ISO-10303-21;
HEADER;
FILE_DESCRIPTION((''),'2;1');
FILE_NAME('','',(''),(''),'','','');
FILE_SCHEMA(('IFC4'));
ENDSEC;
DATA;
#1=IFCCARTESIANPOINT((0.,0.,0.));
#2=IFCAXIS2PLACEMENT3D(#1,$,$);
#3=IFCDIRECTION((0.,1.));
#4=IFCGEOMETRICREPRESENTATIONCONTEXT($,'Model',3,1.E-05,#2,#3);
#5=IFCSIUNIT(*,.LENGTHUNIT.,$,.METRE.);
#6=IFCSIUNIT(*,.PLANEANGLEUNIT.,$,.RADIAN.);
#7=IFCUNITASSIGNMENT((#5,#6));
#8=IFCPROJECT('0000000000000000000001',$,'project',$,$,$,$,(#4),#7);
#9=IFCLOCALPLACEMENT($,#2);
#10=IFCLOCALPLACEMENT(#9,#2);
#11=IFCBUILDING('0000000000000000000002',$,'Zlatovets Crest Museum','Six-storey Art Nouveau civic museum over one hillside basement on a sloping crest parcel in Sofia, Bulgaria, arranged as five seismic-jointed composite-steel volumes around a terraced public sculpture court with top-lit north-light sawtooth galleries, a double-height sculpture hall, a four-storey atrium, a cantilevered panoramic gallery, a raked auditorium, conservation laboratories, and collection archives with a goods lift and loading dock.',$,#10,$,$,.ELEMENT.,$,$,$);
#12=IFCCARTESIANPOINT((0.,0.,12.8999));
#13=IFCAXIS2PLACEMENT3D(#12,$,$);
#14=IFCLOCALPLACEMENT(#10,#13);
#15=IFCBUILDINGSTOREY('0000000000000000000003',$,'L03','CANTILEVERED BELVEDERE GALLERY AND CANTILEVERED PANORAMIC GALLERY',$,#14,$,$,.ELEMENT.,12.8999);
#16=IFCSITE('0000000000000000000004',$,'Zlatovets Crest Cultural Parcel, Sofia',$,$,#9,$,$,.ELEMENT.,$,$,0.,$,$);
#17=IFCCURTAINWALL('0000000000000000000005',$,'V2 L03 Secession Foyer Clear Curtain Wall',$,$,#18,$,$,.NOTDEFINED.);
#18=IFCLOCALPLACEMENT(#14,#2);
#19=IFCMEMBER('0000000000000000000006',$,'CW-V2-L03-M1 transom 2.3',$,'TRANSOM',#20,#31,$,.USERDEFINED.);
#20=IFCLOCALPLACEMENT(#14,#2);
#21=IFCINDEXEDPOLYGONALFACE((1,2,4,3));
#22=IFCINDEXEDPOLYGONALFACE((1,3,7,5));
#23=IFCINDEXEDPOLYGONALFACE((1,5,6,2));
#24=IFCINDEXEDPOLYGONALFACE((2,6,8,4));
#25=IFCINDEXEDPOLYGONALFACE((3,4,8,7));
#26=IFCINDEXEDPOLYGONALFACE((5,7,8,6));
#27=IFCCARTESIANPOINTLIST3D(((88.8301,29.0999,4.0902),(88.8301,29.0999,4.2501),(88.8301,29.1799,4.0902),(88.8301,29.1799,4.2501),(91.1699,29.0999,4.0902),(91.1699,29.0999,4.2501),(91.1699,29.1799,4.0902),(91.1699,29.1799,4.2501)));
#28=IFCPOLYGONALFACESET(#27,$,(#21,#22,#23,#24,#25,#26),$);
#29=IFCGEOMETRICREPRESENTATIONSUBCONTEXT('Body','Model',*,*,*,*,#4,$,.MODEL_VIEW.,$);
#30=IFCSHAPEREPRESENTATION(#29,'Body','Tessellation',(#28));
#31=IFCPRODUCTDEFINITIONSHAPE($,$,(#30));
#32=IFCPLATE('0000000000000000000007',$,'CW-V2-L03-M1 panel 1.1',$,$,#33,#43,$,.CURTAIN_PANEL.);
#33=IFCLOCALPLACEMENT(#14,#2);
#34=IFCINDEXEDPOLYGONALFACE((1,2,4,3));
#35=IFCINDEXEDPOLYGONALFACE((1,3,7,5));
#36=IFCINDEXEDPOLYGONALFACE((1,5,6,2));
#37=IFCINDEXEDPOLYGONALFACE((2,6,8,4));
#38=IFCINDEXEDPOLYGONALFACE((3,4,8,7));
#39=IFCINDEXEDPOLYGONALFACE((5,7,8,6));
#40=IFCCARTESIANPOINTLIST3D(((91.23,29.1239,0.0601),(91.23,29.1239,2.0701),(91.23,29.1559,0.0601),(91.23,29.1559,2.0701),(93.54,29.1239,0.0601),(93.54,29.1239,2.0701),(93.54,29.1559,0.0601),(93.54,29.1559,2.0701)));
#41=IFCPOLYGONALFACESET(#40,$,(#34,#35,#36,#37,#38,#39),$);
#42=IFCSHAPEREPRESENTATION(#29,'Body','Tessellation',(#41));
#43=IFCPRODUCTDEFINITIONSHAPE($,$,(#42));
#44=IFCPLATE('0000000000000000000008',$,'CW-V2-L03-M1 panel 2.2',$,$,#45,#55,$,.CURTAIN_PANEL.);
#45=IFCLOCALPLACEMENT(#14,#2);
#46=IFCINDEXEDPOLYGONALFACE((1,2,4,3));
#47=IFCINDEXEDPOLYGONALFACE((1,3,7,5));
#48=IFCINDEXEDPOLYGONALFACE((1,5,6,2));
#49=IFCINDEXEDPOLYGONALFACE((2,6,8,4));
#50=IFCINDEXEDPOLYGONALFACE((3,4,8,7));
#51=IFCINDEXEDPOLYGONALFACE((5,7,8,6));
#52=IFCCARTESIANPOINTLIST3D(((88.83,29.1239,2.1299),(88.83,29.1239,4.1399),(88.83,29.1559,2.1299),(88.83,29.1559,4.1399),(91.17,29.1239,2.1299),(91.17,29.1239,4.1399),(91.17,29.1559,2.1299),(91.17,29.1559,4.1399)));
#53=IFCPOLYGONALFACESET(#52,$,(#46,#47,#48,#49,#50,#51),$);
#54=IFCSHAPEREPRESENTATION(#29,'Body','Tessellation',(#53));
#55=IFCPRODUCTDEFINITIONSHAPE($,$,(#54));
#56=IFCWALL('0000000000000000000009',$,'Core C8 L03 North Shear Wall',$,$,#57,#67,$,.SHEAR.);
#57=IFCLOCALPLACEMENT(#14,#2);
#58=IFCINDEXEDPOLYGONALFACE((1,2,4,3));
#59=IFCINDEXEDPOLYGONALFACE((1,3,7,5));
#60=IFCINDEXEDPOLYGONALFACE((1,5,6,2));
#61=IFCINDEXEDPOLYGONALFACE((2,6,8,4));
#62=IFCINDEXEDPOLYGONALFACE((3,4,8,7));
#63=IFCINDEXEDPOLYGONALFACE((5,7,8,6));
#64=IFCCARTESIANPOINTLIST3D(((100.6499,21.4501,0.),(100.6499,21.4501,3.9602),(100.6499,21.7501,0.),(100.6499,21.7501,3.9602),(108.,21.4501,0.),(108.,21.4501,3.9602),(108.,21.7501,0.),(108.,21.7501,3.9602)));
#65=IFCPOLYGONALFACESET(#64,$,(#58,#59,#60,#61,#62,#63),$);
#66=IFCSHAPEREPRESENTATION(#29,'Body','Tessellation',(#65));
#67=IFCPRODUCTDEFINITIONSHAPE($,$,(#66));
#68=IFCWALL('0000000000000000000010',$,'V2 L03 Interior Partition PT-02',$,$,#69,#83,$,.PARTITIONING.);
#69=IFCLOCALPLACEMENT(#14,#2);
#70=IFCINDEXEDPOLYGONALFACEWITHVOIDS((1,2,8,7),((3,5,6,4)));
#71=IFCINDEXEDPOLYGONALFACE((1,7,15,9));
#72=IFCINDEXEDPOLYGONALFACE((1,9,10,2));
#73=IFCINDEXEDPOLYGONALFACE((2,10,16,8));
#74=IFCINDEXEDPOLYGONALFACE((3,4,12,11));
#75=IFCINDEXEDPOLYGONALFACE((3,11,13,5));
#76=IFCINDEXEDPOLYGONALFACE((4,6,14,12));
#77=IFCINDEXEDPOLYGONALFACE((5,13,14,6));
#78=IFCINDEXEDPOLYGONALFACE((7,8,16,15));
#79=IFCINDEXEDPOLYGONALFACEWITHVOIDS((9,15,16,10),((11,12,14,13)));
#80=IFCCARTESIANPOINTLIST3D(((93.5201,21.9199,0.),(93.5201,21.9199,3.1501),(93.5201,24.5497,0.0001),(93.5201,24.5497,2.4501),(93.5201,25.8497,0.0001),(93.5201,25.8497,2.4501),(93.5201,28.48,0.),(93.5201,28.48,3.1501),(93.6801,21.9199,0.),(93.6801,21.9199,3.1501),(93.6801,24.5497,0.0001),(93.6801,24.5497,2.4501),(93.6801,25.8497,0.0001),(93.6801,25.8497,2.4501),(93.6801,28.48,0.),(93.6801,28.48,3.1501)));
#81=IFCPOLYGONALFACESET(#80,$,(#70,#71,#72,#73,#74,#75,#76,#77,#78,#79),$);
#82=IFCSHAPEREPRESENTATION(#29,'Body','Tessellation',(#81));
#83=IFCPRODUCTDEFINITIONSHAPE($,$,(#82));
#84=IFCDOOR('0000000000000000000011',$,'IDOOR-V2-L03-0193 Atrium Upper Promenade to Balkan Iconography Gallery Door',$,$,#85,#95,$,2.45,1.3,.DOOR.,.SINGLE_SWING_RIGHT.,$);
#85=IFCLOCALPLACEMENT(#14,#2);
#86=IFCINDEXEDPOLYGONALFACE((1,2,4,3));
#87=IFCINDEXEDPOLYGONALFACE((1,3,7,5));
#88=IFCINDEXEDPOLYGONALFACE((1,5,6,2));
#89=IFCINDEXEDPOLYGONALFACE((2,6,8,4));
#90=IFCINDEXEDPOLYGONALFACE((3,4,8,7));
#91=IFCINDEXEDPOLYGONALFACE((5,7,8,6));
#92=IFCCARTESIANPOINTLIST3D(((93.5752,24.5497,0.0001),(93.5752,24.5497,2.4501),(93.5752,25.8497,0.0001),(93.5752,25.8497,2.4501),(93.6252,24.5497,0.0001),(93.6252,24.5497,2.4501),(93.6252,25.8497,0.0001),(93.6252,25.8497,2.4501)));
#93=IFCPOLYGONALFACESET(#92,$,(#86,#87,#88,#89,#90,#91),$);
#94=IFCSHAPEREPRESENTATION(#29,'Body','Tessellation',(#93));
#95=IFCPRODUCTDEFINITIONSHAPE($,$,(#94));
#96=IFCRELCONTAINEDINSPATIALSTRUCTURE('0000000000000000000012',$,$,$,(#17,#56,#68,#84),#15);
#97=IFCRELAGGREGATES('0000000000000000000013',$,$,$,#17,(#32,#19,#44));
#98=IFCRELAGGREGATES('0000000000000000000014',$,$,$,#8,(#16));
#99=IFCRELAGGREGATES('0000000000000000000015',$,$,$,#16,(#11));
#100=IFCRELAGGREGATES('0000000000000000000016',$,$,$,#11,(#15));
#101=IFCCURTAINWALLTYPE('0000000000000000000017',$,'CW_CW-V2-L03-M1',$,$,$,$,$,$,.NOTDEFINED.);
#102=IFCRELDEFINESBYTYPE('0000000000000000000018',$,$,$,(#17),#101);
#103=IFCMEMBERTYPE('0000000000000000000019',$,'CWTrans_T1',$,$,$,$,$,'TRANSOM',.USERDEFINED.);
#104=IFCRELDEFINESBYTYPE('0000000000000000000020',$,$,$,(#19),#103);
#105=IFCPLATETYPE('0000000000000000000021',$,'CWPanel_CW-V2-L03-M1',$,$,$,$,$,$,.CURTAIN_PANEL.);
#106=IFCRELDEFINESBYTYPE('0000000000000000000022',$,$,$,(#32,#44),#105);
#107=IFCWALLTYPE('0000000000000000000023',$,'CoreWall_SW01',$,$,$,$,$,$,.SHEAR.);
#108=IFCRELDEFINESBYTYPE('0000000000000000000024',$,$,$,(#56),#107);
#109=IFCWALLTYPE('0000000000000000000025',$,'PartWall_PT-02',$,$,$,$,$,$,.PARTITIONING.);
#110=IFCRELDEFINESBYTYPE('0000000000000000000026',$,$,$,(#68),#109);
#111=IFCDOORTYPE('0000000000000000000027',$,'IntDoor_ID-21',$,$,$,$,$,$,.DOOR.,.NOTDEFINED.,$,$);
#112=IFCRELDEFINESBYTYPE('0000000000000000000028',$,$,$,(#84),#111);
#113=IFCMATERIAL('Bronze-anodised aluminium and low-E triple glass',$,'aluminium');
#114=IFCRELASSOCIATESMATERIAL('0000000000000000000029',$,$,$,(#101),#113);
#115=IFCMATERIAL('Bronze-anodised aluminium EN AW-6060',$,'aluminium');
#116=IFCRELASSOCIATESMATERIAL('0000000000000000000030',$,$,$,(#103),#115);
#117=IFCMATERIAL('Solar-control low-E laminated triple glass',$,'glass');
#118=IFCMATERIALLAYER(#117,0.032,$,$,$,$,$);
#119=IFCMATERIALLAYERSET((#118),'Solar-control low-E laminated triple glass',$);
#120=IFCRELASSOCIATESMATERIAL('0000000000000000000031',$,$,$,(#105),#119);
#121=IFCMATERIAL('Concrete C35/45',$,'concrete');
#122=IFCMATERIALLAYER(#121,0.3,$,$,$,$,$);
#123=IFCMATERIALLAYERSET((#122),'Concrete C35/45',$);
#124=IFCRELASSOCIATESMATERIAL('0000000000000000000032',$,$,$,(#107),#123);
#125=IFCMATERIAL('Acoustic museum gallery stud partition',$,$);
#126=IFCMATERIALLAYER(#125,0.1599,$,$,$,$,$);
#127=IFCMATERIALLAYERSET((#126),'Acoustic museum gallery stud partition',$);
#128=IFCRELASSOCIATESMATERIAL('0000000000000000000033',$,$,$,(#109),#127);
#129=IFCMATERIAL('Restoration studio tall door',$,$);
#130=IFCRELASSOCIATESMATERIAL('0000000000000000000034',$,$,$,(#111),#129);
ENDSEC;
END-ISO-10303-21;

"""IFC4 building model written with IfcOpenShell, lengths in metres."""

from ifc_helpers import new_model, si_unit, direction, frame, frame_2d, origin, origin_2d, place, context, subcontext, project, spatial, rectangle, extrude, material, layer, layer_set, material_profile, profile_set, type_object, element, fill, aggregate, save


model = new_model("IFC4")

# Units and contexts
model_context = context("Model", 3, precision=1e-05, world=origin(), true_north=direction((0.0, 1.0)))
body_context = subcontext(model_context, "Body", "Model", "MODEL_VIEW")
ifc_project = project(units=[si_unit("LENGTHUNIT", "METRE"), si_unit("PLANEANGLEUNIT", "RADIAN")], contexts=[model_context])

# Site, building, storey
site_placement = place(None, origin())
site = spatial("IfcSite", under=ifc_project, at=site_placement, Name="Zlatovets Crest Cultural Parcel, Sofia", CompositionType="ELEMENT", RefElevation=0.0)
building_placement = place(site_placement, origin())
building = spatial("IfcBuilding", under=site, at=building_placement, Name="Zlatovets Crest Museum", Description="Six-storey Art Nouveau civic museum over one hillside basement on a sloping crest parcel in Sofia, Bulgaria, arranged as five seismic-jointed composite-steel volumes around a terraced public sculpture court with top-lit north-light sawtooth galleries, a double-height sculpture hall, a four-storey atrium, a cantilevered panoramic gallery, a raked auditorium, conservation laboratories, and collection archives with a goods lift and loading dock.", CompositionType="ELEMENT")
storey_placement = place(building_placement, frame((0.0, 0.0, 12.8999)))
storey = spatial("IfcBuildingStorey", under=building, at=storey_placement, Name="L03", Description="CANTILEVERED BELVEDERE GALLERY AND CANTILEVERED PANORAMIC GALLERY", CompositionType="ELEMENT", Elevation=12.8999)

# Curtain wall, member, plates
ifc_material_1 = material(Name="Bronze-anodised aluminium and low-E triple glass", Category="aluminium")
curtain_wall_type = type_object("IfcCurtainWallType", Name="CW_CW-V2-L03-M1", PredefinedType="NOTDEFINED", material=ifc_material_1)
curtain_wall_placement = place(storey_placement, origin())
curtain_wall = element("IfcCurtainWall", 1, at=curtain_wall_placement, inside=storey, type_object=curtain_wall_type, Name="V2 L03 Secession Foyer Clear Curtain Wall", PredefinedType="NOTDEFINED")
ifc_material_2 = material(Name="Bronze-anodised aluminium EN AW-6060", Category="aluminium")
ifc_material_profile_1 = material_profile(ifc_material_2, rectangle(XDim=0.0801, YDim=0.1599, at=origin_2d()), Name="ALU 80x160")
ifc_profile_set_1 = profile_set([ifc_material_profile_1], Name="Bronze-anodised aluminium EN AW-6060")
member_type_1 = type_object("IfcMemberType", Name="CWTrans_T1", ElementType="TRANSOM", PredefinedType="USERDEFINED", material=ifc_profile_set_1)
member_1_placement = place(storey_placement, frame((91.1699, 29.1399, 4.1702), z_axis=(-1.0, 0.0, 0.0), x_axis=(0.0, -1.0, 0.0)))
member_1 = element("IfcMember", 2, at=member_1_placement, type_object=member_type_1, Name="CW-V2-L03-M1 transom 2.3", ObjectType="TRANSOM", PredefinedType="USERDEFINED", context=body_context, shape_type="SweptSolid", body=[
    extrude(rectangle(XDim=0.0801, YDim=0.1599, at=origin_2d()), origin(), (0.0, 0.0, 1.0), 2.3398),
])
ifc_material_3 = material(Name="Solar-control low-E laminated triple glass", Category="glass")
ifc_layer_1 = layer(ifc_material_3, 0.032)
ifc_layer_set_1 = layer_set([ifc_layer_1], Name="Solar-control low-E laminated triple glass")
plate_type = type_object("IfcPlateType", Name="CWPanel_CW-V2-L03-M1", PredefinedType="CURTAIN_PANEL", material=ifc_layer_set_1)
plate_1_placement = place(storey_placement, frame((92.385, 29.1399, 0.0601), z_axis=(0.0, 0.0, 1.0), x_axis=(-1.0, 0.0, 0.0)))
plate_1 = element("IfcPlate", 3, at=plate_1_placement, type_object=plate_type, Name="CW-V2-L03-M1 panel 1.1", PredefinedType="CURTAIN_PANEL", context=body_context, shape_type="SweptSolid", body=[
    extrude(rectangle(XDim=2.3101, YDim=0.032, at=origin_2d()), origin(), (0.0, 0.0, 1.0), 2.01),
])
plate_2_placement = place(storey_placement, frame((90.0, 29.1399, 2.1299), z_axis=(0.0, 0.0, 1.0), x_axis=(-1.0, 0.0, 0.0)))
plate_2 = element("IfcPlate", 4, at=plate_2_placement, type_object=plate_type, Name="CW-V2-L03-M1 panel 2.2", PredefinedType="CURTAIN_PANEL", context=body_context, shape_type="SweptSolid", body=[
    extrude(rectangle(XDim=2.3401, YDim=0.032, at=origin_2d()), origin(), (0.0, 0.0, 1.0), 2.01),
])
aggregate(curtain_wall, [plate_1, member_1, plate_2])

# Wall
ifc_material_4 = material(Name="Concrete C35/45", Category="concrete")
ifc_layer_2 = layer(ifc_material_4, 0.3)
ifc_layer_set_2 = layer_set([ifc_layer_2], Name="Concrete C35/45")
wall_type_1 = type_object("IfcWallType", Name="CoreWall_SW01", PredefinedType="SHEAR", material=ifc_layer_set_2)
wall_1_placement = place(storey_placement, frame((100.6499, 21.6001, 0.0), z_axis=(0.0, 0.0, 1.0), x_axis=(1.0, 0.0, 0.0)))
element("IfcWall", 5, at=wall_1_placement, inside=storey, type_object=wall_type_1, Name="Core C8 L03 North Shear Wall", PredefinedType="SHEAR", context=body_context, shape_type="SweptSolid", body=[
    extrude(rectangle(XDim=7.3501, YDim=0.3, at=frame_2d((3.675, 0.0))), origin(), (0.0, 0.0, 1.0), 3.9602),
])

# Wall, opening, door
ifc_material_5 = material(Name="Acoustic museum gallery stud partition")
ifc_layer_3 = layer(ifc_material_5, 0.1599)
ifc_layer_set_3 = layer_set([ifc_layer_3], Name="Acoustic museum gallery stud partition")
wall_type_2 = type_object("IfcWallType", Name="PartWall_PT-02", PredefinedType="PARTITIONING", material=ifc_layer_set_3)
wall_2_placement = place(storey_placement, frame((93.6001, 21.9199, 0.0), z_axis=(0.0, 0.0, 1.0), x_axis=(0.0, 1.0, 0.0)))
wall_2 = element("IfcWall", 6, at=wall_2_placement, inside=storey, type_object=wall_type_2, Name="V2 L03 Interior Partition PT-02", PredefinedType="PARTITIONING", context=body_context, shape_type="SweptSolid", body=[
    extrude(rectangle(XDim=6.5601, YDim=0.1599, at=frame_2d((3.28, 0.0))), origin(), (0.0, 0.0, 1.0), 3.1501),
])
opening_placement = place(wall_2_placement, frame((2.6299, 0.0, 0.0)))
opening = element("IfcOpeningElement", 7, at=opening_placement, cuts=wall_2, PredefinedType="OPENING", context=body_context, shape_type="SweptSolid", body=[
    extrude(rectangle(XDim=1.3, YDim=2.45, at=frame_2d((0.6499, 1.2251))), frame((0.0, 0.0898, 0.0), z_axis=(0.0, -1.0, 0.0), x_axis=(1.0, 0.0, 0.0)), (0.0, 0.0, 1.0), 0.1799),
])
ifc_material_6 = material(Name="Restoration studio tall door")
door_type = type_object("IfcDoorType", Name="IntDoor_ID-21", OperationType="NOTDEFINED", PredefinedType="DOOR", material=ifc_material_6)
door_placement = place(opening_placement, origin())
door = element("IfcDoor", 8, at=door_placement, inside=storey, type_object=door_type, Name="IDOOR-V2-L03-0193 Atrium Upper Promenade to Balkan Iconography Gallery Door", OperationType="SINGLE_SWING_RIGHT", OverallHeight=2.45, OverallWidth=1.3, PredefinedType="DOOR", context=body_context, shape_type="SweptSolid", body=[
    extrude(rectangle(XDim=1.3, YDim=2.45, at=frame_2d((0.6499, 1.2251))), frame((0.0, 0.0249, 0.0), z_axis=(0.0, -1.0, 0.0), x_axis=(1.0, 0.0, 0.0)), (0.0, 0.0, 1.0), 0.05),
])
fill(opening, door)

save(model, "model.ifc")
